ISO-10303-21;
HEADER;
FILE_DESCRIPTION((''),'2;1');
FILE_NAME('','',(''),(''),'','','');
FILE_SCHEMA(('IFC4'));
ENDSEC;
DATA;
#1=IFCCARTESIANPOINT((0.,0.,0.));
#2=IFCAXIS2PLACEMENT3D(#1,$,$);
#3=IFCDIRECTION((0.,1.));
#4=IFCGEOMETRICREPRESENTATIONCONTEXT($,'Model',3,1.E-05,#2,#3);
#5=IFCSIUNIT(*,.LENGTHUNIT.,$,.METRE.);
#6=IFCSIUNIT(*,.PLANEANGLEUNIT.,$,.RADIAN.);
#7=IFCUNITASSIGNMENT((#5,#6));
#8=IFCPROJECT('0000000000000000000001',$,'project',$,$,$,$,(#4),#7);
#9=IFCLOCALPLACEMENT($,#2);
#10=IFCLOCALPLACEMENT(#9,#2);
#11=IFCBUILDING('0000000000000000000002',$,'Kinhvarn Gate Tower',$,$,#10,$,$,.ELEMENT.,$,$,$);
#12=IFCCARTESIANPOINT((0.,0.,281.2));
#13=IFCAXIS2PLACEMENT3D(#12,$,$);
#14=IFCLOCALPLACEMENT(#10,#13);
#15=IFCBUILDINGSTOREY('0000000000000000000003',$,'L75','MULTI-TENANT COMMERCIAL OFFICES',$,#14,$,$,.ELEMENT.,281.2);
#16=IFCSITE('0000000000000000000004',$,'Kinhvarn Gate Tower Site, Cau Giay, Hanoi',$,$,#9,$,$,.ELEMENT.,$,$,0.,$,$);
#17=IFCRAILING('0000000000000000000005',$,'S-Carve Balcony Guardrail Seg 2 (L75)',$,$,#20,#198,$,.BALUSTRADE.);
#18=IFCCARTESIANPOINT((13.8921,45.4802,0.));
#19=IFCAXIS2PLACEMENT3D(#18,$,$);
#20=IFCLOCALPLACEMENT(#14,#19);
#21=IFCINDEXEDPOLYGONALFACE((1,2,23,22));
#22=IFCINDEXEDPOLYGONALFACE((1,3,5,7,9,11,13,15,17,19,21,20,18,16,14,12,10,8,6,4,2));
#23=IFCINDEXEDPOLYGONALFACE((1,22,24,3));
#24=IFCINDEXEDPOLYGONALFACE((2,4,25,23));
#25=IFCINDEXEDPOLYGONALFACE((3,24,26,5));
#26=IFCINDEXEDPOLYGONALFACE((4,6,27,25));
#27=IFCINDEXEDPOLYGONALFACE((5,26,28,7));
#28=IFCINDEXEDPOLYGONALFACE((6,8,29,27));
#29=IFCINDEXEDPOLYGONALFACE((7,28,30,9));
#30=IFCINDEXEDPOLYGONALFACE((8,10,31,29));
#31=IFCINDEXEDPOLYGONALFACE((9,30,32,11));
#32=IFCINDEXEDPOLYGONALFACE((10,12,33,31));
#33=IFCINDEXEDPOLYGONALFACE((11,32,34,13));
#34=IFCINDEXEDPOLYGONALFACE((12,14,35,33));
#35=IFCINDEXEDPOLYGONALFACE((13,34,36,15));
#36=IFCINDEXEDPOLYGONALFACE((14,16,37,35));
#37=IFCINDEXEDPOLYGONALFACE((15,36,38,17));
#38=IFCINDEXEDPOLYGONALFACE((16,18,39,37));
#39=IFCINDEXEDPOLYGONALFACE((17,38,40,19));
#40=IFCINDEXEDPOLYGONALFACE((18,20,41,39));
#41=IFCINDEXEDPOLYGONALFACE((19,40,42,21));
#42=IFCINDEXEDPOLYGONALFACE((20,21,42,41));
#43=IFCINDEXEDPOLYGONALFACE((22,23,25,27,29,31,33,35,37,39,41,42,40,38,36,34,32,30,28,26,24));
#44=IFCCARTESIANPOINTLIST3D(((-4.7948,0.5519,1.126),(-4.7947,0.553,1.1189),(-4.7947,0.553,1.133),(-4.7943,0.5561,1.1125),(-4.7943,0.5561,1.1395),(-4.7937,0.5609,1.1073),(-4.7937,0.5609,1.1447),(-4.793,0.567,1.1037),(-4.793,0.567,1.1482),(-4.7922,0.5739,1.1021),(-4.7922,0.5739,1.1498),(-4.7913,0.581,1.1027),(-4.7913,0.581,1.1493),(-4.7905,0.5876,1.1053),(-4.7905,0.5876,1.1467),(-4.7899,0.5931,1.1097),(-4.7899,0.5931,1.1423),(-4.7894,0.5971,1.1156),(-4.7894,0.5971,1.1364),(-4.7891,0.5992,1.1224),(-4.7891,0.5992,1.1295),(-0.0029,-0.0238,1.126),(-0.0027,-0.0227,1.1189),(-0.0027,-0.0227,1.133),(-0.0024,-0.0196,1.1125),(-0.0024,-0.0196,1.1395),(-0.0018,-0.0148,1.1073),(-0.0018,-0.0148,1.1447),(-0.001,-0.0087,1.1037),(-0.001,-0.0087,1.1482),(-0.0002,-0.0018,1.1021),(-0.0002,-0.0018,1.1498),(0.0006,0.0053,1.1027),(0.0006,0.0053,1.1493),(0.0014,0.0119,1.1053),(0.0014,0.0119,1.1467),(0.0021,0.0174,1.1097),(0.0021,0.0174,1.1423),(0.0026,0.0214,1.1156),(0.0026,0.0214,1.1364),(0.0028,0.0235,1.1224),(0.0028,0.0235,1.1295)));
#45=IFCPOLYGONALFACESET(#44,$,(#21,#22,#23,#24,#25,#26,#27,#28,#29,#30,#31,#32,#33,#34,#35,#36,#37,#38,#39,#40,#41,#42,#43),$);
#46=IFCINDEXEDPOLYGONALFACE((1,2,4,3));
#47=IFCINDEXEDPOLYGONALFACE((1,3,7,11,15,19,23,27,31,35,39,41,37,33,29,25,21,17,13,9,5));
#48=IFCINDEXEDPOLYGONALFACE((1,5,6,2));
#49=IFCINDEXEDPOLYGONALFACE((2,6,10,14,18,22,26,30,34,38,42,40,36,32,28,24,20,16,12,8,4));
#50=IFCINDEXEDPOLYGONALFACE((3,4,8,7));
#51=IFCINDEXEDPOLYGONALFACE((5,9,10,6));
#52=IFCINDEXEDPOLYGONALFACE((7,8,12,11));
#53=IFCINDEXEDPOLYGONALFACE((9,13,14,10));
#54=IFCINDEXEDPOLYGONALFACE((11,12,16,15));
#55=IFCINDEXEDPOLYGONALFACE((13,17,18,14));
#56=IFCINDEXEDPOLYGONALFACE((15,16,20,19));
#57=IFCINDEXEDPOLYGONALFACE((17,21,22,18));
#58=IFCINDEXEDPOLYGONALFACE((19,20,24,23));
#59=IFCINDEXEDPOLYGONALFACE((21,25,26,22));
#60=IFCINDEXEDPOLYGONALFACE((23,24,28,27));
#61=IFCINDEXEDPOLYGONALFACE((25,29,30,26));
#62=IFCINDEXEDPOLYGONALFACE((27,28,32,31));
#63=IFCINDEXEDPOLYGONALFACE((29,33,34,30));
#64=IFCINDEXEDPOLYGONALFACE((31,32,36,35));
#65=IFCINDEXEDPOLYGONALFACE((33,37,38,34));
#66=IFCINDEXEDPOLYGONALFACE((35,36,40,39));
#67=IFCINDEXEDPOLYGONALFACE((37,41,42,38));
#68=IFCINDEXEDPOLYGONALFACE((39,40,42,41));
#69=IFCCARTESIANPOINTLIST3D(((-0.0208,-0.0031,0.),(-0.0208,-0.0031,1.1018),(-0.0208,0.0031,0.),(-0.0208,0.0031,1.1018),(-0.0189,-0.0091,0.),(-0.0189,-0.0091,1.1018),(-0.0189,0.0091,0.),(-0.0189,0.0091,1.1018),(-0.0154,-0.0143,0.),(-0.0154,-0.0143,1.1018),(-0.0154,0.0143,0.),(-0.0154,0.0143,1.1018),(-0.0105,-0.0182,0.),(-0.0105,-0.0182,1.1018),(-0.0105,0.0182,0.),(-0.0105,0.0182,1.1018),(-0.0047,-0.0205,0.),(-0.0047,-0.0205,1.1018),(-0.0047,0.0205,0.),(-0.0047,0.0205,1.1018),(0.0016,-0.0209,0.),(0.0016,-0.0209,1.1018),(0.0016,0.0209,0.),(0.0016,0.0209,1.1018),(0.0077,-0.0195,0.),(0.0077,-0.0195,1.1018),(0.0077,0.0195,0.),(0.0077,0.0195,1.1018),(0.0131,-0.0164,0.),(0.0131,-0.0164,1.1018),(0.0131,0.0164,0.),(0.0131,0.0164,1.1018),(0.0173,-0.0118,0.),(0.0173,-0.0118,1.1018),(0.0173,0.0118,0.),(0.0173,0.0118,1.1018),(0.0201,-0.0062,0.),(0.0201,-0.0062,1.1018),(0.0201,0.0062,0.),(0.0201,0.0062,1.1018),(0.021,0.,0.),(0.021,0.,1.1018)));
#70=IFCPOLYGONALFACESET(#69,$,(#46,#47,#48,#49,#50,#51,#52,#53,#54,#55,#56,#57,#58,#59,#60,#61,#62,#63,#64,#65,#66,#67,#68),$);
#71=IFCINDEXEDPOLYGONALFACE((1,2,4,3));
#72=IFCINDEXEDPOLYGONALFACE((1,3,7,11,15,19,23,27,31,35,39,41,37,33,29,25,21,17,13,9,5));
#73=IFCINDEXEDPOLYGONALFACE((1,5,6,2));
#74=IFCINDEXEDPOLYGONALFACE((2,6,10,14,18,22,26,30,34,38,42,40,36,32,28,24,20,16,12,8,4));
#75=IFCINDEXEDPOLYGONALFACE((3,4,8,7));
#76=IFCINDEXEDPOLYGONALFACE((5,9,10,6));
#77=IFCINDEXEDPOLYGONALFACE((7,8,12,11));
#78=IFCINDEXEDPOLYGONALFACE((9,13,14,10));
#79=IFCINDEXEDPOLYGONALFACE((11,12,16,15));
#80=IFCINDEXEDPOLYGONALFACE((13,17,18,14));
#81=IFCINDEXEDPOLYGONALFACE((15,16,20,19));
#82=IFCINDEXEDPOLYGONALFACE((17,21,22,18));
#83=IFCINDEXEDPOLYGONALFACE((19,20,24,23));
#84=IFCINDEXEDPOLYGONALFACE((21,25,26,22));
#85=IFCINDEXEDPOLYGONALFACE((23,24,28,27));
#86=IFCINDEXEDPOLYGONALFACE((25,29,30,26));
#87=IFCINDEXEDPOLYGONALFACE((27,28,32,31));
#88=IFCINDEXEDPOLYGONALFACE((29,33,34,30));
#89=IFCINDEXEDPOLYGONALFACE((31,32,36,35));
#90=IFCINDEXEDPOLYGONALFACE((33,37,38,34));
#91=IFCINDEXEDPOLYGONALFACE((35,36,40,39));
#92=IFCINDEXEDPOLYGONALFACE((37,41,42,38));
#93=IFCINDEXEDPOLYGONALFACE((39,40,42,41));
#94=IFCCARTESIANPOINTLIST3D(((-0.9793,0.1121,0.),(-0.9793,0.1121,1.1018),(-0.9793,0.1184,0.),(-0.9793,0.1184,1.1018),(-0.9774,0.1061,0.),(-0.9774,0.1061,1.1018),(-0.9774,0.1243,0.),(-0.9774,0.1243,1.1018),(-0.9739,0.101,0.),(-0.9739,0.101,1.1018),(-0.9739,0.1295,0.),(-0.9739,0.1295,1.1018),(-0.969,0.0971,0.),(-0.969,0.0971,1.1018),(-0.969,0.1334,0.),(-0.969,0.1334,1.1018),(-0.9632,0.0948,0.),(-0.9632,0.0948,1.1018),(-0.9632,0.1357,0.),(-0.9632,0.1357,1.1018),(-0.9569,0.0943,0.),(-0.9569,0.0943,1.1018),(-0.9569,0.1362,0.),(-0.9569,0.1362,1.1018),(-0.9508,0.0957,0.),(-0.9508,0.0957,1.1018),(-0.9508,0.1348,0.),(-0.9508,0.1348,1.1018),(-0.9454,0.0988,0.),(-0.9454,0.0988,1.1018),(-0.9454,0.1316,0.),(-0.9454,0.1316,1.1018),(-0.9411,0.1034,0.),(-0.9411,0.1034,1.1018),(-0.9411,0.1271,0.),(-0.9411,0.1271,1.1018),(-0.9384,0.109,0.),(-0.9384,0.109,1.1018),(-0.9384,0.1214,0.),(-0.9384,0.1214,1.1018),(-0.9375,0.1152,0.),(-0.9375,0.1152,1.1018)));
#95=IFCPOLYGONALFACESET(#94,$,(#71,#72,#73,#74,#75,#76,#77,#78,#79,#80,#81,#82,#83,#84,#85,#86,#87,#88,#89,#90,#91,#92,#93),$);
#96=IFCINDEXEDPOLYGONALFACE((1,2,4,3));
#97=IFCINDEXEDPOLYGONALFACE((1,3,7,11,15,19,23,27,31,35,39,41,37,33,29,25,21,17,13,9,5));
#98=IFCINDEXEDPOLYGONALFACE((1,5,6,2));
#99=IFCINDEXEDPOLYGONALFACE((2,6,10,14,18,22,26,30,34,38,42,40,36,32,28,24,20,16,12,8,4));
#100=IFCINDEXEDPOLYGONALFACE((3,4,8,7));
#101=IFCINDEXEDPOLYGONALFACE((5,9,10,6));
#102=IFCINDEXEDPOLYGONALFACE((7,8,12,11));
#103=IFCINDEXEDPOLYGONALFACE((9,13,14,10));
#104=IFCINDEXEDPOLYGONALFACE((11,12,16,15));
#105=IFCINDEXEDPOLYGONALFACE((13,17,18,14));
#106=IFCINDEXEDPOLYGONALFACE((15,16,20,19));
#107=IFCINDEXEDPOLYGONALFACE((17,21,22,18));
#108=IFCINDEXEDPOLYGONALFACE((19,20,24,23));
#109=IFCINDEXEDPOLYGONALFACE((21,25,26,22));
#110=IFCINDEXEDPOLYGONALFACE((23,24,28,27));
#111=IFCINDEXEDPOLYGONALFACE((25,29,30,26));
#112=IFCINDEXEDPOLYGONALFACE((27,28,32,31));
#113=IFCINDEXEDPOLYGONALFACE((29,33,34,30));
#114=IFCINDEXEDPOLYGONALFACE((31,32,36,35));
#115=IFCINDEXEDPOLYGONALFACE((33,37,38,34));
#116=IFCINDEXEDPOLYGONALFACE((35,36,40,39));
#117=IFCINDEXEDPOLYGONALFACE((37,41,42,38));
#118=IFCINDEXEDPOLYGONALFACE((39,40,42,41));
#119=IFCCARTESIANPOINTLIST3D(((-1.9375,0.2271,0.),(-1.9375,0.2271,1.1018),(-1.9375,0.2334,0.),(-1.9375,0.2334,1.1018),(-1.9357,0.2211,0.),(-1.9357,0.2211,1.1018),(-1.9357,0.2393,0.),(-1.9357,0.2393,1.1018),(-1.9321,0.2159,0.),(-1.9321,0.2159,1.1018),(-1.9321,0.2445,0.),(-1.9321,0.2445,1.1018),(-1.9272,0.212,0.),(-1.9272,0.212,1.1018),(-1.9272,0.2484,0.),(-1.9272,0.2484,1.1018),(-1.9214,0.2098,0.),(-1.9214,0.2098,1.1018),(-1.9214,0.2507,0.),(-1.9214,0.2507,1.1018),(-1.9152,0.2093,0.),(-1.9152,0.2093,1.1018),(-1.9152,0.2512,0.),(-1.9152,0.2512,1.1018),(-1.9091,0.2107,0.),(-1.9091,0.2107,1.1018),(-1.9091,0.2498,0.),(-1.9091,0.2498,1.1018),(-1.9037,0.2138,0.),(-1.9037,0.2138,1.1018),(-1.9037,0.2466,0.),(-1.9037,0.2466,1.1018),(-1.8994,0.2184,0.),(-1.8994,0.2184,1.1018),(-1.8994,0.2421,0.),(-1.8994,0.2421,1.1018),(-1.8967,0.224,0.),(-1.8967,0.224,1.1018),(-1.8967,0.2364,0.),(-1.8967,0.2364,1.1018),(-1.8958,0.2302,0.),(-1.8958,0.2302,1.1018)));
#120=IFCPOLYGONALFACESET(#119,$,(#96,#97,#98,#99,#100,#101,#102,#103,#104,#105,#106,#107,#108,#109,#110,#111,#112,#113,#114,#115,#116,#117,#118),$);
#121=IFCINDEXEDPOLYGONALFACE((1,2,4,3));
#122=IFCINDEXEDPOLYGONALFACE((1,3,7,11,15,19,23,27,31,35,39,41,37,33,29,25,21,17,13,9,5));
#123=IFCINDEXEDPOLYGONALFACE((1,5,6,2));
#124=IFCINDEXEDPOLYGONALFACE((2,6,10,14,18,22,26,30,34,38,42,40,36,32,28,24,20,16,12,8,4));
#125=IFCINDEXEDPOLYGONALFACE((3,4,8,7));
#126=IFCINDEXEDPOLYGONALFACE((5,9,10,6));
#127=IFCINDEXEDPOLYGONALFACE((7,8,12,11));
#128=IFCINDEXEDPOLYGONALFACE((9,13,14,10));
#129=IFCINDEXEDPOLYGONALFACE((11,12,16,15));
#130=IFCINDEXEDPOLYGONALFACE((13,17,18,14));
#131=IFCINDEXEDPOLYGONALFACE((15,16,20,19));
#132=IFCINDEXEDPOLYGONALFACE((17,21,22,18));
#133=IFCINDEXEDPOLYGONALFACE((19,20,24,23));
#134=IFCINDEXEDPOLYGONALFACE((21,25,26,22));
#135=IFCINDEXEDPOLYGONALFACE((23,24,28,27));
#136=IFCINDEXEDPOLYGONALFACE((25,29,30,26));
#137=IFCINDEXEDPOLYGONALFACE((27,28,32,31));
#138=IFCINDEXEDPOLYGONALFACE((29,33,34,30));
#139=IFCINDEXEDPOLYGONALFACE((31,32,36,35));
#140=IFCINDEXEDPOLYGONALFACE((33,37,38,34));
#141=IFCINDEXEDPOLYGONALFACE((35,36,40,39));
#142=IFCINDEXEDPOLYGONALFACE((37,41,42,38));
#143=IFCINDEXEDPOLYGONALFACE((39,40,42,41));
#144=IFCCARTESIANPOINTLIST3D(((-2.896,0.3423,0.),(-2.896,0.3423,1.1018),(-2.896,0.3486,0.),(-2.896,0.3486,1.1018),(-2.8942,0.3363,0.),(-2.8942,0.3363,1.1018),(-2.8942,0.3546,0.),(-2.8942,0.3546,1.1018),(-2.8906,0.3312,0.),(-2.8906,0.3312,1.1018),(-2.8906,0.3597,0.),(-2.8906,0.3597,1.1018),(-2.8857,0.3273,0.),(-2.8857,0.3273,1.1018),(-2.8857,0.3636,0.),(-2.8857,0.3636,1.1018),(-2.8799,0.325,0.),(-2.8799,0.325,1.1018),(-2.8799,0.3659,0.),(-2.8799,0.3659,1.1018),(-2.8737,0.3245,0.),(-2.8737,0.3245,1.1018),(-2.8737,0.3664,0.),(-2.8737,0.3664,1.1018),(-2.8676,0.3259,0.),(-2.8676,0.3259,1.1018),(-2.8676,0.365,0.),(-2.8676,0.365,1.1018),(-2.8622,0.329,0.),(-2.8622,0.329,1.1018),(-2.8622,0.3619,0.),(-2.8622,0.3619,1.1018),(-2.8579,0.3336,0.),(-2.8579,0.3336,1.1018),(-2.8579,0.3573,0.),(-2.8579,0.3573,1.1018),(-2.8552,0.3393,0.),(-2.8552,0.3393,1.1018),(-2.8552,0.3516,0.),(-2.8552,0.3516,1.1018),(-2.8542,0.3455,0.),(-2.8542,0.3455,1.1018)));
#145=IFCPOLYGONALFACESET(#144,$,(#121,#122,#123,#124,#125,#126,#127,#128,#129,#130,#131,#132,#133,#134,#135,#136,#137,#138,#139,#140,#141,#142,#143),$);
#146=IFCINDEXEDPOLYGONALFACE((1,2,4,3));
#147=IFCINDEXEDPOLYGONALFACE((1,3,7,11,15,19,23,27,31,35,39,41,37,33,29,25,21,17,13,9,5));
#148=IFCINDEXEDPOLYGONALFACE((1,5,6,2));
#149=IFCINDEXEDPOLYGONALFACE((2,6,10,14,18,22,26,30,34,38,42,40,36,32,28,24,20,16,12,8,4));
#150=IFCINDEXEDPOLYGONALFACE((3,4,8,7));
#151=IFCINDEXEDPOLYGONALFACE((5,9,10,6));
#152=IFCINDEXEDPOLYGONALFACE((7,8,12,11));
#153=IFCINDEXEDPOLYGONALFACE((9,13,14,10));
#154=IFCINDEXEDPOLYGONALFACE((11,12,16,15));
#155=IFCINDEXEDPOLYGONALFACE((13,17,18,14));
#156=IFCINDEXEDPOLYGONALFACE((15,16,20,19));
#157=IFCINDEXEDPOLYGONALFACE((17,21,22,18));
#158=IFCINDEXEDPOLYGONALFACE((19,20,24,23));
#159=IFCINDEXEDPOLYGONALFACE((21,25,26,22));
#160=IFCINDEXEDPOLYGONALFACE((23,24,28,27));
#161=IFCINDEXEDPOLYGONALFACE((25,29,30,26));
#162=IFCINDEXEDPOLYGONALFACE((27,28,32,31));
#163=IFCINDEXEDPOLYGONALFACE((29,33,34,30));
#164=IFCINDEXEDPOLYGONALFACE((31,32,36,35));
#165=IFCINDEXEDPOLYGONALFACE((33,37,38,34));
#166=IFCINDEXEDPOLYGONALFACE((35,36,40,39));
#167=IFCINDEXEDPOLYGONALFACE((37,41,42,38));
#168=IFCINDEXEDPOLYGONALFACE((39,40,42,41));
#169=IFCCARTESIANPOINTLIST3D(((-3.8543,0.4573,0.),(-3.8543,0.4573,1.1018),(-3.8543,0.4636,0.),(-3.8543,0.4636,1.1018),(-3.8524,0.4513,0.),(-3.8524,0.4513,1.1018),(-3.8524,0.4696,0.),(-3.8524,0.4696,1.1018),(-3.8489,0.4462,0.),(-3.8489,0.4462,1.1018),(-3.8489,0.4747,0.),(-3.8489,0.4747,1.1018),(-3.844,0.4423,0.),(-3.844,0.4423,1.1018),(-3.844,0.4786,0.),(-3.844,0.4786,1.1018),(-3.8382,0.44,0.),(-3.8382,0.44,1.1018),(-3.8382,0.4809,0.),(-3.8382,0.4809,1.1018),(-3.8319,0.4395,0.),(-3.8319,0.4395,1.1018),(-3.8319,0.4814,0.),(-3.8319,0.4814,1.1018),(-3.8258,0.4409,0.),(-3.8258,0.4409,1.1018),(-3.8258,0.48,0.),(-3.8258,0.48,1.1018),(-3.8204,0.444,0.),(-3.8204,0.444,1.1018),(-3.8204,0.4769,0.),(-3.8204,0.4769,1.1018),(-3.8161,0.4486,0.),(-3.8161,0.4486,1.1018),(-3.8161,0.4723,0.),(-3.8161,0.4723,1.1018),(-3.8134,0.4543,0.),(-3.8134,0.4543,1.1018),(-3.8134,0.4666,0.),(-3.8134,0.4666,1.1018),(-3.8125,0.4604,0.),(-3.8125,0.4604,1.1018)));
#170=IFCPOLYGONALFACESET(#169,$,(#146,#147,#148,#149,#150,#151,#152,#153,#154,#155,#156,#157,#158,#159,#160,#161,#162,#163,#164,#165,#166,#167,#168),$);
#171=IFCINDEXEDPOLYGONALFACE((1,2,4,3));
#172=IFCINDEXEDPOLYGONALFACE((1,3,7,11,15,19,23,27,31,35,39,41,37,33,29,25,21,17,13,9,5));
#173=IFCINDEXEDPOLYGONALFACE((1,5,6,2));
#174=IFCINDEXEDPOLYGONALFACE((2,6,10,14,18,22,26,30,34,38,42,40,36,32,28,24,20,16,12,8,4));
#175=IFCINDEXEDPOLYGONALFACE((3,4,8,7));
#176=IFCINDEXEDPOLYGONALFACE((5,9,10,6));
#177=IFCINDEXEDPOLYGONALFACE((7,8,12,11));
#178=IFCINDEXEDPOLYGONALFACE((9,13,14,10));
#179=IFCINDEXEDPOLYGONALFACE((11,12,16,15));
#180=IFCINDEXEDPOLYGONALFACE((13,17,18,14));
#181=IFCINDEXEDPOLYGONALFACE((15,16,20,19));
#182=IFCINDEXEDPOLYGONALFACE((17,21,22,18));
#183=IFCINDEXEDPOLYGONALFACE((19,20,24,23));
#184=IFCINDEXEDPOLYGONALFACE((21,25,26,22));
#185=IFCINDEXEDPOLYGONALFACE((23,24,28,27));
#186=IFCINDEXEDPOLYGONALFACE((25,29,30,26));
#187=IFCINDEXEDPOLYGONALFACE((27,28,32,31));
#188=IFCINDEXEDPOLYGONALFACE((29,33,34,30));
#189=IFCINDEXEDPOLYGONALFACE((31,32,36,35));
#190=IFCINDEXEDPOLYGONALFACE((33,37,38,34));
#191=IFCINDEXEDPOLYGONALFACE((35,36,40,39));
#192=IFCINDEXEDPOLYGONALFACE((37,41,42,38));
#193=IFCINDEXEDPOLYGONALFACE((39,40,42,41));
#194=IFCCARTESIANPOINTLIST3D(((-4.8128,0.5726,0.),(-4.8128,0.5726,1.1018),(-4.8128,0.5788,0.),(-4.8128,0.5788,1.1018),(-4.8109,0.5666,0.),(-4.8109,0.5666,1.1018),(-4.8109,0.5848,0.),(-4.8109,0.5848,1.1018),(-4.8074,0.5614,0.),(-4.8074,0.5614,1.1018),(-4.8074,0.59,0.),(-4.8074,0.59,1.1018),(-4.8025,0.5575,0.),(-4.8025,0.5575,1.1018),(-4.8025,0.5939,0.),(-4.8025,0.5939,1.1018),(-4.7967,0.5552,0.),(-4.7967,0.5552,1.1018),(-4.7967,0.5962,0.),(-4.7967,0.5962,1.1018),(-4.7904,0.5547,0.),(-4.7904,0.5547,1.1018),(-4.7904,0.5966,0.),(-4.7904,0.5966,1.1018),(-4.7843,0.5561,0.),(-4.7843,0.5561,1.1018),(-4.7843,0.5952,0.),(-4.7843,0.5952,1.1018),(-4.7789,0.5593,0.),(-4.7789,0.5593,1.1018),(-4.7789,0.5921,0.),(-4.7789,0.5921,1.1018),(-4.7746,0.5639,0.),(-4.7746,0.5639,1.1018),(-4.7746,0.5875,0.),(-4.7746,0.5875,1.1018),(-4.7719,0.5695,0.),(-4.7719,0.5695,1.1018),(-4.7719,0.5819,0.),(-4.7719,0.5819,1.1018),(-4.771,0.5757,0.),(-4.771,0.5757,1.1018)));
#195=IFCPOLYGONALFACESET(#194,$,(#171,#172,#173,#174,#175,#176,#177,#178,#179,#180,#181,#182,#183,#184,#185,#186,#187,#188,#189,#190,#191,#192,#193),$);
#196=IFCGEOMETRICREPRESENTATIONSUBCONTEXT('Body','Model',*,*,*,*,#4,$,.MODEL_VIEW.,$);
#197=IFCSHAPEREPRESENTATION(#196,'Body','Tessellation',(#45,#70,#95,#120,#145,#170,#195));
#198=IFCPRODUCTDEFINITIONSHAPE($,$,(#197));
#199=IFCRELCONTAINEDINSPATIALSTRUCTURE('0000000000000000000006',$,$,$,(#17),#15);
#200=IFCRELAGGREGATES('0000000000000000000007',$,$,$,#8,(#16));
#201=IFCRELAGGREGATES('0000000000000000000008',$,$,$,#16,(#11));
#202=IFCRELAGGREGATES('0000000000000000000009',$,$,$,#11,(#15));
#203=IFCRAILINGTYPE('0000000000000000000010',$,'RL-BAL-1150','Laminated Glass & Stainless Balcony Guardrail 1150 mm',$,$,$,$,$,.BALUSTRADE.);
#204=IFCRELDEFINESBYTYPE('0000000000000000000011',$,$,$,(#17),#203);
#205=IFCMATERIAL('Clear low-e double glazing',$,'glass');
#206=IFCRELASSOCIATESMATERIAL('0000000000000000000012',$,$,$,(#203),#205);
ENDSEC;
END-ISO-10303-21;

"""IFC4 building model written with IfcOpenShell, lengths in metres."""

from ifc_helpers import new_model, si_unit, direction, frame, origin, origin_2d, place, context, subcontext, project, spatial, circle, extrude, material, type_object, element, save


model = new_model("IFC4")

# Units and contexts
model_context = context("Model", 3, precision=1e-05, world=origin(), true_north=direction((0.0, 1.0)))
body_context = subcontext(model_context, "Body", "Model", "MODEL_VIEW")
ifc_project = project(units=[si_unit("LENGTHUNIT", "METRE"), si_unit("PLANEANGLEUNIT", "RADIAN")], contexts=[model_context])

# Site, building, storey
site_placement = place(None, origin())
site = spatial("IfcSite", under=ifc_project, at=site_placement, Name="Kinhvarn Gate Tower Site, Cau Giay, Hanoi", CompositionType="ELEMENT", RefElevation=0.0)
building_placement = place(site_placement, origin())
building = spatial("IfcBuilding", under=site, at=building_placement, Name="Kinhvarn Gate Tower", CompositionType="ELEMENT")
storey_placement = place(building_placement, frame((0.0, 0.0, 281.2)))
storey = spatial("IfcBuildingStorey", under=building, at=storey_placement, Name="L75", Description="MULTI-TENANT COMMERCIAL OFFICES", CompositionType="ELEMENT", Elevation=281.2)

# Shared definitions
ifc_material_1 = material(Name="Clear low-e double glazing", Category="glass")

# Railing
railing_type_1 = type_object("IfcRailingType", Name="RL-BAL-1150", Description="Laminated Glass & Stainless Balcony Guardrail 1150 mm", PredefinedType="BALUSTRADE", material=ifc_material_1)
railing_1_placement = place(storey_placement, frame((13.8921, 45.4802, 0.0)))
element("IfcRailing", 1, at=railing_1_placement, inside=storey, type_object=railing_type_1, Name="S-Carve Balcony Guardrail Seg 2 (L75)", PredefinedType="BALUSTRADE", context=body_context, shape_type="SweptSolid", body=[
    extrude(circle(Radius=0.0239, at=origin_2d()), frame((0.0, 0.0, 1.126), z_axis=(-0.992861, 0.119277, 0.0), x_axis=(-0.119277, -0.992861, 0.0)), (0.0, 0.0, 1.0), 4.8264),
    extrude(circle(Radius=0.021, at=origin_2d()), origin(), (0.0, 0.0, 1.0), 1.1018),
    extrude(circle(Radius=0.021, at=origin_2d()), frame((-0.9585, 0.1152, 0.0)), (0.0, 0.0, 1.0), 1.1018),
    extrude(circle(Radius=0.021, at=origin_2d()), frame((-1.9167, 0.2302, 0.0)), (0.0, 0.0, 1.0), 1.1018),
    extrude(circle(Radius=0.021, at=origin_2d()), frame((-2.8752, 0.3455, 0.0)), (0.0, 0.0, 1.0), 1.1018),
    extrude(circle(Radius=0.021, at=origin_2d()), frame((-3.8335, 0.4604, 0.0)), (0.0, 0.0, 1.0), 1.1018),
    extrude(circle(Radius=0.021, at=origin_2d()), frame((-4.792, 0.5757, 0.0)), (0.0, 0.0, 1.0), 1.1018),
])

save(model, "model.ifc")
